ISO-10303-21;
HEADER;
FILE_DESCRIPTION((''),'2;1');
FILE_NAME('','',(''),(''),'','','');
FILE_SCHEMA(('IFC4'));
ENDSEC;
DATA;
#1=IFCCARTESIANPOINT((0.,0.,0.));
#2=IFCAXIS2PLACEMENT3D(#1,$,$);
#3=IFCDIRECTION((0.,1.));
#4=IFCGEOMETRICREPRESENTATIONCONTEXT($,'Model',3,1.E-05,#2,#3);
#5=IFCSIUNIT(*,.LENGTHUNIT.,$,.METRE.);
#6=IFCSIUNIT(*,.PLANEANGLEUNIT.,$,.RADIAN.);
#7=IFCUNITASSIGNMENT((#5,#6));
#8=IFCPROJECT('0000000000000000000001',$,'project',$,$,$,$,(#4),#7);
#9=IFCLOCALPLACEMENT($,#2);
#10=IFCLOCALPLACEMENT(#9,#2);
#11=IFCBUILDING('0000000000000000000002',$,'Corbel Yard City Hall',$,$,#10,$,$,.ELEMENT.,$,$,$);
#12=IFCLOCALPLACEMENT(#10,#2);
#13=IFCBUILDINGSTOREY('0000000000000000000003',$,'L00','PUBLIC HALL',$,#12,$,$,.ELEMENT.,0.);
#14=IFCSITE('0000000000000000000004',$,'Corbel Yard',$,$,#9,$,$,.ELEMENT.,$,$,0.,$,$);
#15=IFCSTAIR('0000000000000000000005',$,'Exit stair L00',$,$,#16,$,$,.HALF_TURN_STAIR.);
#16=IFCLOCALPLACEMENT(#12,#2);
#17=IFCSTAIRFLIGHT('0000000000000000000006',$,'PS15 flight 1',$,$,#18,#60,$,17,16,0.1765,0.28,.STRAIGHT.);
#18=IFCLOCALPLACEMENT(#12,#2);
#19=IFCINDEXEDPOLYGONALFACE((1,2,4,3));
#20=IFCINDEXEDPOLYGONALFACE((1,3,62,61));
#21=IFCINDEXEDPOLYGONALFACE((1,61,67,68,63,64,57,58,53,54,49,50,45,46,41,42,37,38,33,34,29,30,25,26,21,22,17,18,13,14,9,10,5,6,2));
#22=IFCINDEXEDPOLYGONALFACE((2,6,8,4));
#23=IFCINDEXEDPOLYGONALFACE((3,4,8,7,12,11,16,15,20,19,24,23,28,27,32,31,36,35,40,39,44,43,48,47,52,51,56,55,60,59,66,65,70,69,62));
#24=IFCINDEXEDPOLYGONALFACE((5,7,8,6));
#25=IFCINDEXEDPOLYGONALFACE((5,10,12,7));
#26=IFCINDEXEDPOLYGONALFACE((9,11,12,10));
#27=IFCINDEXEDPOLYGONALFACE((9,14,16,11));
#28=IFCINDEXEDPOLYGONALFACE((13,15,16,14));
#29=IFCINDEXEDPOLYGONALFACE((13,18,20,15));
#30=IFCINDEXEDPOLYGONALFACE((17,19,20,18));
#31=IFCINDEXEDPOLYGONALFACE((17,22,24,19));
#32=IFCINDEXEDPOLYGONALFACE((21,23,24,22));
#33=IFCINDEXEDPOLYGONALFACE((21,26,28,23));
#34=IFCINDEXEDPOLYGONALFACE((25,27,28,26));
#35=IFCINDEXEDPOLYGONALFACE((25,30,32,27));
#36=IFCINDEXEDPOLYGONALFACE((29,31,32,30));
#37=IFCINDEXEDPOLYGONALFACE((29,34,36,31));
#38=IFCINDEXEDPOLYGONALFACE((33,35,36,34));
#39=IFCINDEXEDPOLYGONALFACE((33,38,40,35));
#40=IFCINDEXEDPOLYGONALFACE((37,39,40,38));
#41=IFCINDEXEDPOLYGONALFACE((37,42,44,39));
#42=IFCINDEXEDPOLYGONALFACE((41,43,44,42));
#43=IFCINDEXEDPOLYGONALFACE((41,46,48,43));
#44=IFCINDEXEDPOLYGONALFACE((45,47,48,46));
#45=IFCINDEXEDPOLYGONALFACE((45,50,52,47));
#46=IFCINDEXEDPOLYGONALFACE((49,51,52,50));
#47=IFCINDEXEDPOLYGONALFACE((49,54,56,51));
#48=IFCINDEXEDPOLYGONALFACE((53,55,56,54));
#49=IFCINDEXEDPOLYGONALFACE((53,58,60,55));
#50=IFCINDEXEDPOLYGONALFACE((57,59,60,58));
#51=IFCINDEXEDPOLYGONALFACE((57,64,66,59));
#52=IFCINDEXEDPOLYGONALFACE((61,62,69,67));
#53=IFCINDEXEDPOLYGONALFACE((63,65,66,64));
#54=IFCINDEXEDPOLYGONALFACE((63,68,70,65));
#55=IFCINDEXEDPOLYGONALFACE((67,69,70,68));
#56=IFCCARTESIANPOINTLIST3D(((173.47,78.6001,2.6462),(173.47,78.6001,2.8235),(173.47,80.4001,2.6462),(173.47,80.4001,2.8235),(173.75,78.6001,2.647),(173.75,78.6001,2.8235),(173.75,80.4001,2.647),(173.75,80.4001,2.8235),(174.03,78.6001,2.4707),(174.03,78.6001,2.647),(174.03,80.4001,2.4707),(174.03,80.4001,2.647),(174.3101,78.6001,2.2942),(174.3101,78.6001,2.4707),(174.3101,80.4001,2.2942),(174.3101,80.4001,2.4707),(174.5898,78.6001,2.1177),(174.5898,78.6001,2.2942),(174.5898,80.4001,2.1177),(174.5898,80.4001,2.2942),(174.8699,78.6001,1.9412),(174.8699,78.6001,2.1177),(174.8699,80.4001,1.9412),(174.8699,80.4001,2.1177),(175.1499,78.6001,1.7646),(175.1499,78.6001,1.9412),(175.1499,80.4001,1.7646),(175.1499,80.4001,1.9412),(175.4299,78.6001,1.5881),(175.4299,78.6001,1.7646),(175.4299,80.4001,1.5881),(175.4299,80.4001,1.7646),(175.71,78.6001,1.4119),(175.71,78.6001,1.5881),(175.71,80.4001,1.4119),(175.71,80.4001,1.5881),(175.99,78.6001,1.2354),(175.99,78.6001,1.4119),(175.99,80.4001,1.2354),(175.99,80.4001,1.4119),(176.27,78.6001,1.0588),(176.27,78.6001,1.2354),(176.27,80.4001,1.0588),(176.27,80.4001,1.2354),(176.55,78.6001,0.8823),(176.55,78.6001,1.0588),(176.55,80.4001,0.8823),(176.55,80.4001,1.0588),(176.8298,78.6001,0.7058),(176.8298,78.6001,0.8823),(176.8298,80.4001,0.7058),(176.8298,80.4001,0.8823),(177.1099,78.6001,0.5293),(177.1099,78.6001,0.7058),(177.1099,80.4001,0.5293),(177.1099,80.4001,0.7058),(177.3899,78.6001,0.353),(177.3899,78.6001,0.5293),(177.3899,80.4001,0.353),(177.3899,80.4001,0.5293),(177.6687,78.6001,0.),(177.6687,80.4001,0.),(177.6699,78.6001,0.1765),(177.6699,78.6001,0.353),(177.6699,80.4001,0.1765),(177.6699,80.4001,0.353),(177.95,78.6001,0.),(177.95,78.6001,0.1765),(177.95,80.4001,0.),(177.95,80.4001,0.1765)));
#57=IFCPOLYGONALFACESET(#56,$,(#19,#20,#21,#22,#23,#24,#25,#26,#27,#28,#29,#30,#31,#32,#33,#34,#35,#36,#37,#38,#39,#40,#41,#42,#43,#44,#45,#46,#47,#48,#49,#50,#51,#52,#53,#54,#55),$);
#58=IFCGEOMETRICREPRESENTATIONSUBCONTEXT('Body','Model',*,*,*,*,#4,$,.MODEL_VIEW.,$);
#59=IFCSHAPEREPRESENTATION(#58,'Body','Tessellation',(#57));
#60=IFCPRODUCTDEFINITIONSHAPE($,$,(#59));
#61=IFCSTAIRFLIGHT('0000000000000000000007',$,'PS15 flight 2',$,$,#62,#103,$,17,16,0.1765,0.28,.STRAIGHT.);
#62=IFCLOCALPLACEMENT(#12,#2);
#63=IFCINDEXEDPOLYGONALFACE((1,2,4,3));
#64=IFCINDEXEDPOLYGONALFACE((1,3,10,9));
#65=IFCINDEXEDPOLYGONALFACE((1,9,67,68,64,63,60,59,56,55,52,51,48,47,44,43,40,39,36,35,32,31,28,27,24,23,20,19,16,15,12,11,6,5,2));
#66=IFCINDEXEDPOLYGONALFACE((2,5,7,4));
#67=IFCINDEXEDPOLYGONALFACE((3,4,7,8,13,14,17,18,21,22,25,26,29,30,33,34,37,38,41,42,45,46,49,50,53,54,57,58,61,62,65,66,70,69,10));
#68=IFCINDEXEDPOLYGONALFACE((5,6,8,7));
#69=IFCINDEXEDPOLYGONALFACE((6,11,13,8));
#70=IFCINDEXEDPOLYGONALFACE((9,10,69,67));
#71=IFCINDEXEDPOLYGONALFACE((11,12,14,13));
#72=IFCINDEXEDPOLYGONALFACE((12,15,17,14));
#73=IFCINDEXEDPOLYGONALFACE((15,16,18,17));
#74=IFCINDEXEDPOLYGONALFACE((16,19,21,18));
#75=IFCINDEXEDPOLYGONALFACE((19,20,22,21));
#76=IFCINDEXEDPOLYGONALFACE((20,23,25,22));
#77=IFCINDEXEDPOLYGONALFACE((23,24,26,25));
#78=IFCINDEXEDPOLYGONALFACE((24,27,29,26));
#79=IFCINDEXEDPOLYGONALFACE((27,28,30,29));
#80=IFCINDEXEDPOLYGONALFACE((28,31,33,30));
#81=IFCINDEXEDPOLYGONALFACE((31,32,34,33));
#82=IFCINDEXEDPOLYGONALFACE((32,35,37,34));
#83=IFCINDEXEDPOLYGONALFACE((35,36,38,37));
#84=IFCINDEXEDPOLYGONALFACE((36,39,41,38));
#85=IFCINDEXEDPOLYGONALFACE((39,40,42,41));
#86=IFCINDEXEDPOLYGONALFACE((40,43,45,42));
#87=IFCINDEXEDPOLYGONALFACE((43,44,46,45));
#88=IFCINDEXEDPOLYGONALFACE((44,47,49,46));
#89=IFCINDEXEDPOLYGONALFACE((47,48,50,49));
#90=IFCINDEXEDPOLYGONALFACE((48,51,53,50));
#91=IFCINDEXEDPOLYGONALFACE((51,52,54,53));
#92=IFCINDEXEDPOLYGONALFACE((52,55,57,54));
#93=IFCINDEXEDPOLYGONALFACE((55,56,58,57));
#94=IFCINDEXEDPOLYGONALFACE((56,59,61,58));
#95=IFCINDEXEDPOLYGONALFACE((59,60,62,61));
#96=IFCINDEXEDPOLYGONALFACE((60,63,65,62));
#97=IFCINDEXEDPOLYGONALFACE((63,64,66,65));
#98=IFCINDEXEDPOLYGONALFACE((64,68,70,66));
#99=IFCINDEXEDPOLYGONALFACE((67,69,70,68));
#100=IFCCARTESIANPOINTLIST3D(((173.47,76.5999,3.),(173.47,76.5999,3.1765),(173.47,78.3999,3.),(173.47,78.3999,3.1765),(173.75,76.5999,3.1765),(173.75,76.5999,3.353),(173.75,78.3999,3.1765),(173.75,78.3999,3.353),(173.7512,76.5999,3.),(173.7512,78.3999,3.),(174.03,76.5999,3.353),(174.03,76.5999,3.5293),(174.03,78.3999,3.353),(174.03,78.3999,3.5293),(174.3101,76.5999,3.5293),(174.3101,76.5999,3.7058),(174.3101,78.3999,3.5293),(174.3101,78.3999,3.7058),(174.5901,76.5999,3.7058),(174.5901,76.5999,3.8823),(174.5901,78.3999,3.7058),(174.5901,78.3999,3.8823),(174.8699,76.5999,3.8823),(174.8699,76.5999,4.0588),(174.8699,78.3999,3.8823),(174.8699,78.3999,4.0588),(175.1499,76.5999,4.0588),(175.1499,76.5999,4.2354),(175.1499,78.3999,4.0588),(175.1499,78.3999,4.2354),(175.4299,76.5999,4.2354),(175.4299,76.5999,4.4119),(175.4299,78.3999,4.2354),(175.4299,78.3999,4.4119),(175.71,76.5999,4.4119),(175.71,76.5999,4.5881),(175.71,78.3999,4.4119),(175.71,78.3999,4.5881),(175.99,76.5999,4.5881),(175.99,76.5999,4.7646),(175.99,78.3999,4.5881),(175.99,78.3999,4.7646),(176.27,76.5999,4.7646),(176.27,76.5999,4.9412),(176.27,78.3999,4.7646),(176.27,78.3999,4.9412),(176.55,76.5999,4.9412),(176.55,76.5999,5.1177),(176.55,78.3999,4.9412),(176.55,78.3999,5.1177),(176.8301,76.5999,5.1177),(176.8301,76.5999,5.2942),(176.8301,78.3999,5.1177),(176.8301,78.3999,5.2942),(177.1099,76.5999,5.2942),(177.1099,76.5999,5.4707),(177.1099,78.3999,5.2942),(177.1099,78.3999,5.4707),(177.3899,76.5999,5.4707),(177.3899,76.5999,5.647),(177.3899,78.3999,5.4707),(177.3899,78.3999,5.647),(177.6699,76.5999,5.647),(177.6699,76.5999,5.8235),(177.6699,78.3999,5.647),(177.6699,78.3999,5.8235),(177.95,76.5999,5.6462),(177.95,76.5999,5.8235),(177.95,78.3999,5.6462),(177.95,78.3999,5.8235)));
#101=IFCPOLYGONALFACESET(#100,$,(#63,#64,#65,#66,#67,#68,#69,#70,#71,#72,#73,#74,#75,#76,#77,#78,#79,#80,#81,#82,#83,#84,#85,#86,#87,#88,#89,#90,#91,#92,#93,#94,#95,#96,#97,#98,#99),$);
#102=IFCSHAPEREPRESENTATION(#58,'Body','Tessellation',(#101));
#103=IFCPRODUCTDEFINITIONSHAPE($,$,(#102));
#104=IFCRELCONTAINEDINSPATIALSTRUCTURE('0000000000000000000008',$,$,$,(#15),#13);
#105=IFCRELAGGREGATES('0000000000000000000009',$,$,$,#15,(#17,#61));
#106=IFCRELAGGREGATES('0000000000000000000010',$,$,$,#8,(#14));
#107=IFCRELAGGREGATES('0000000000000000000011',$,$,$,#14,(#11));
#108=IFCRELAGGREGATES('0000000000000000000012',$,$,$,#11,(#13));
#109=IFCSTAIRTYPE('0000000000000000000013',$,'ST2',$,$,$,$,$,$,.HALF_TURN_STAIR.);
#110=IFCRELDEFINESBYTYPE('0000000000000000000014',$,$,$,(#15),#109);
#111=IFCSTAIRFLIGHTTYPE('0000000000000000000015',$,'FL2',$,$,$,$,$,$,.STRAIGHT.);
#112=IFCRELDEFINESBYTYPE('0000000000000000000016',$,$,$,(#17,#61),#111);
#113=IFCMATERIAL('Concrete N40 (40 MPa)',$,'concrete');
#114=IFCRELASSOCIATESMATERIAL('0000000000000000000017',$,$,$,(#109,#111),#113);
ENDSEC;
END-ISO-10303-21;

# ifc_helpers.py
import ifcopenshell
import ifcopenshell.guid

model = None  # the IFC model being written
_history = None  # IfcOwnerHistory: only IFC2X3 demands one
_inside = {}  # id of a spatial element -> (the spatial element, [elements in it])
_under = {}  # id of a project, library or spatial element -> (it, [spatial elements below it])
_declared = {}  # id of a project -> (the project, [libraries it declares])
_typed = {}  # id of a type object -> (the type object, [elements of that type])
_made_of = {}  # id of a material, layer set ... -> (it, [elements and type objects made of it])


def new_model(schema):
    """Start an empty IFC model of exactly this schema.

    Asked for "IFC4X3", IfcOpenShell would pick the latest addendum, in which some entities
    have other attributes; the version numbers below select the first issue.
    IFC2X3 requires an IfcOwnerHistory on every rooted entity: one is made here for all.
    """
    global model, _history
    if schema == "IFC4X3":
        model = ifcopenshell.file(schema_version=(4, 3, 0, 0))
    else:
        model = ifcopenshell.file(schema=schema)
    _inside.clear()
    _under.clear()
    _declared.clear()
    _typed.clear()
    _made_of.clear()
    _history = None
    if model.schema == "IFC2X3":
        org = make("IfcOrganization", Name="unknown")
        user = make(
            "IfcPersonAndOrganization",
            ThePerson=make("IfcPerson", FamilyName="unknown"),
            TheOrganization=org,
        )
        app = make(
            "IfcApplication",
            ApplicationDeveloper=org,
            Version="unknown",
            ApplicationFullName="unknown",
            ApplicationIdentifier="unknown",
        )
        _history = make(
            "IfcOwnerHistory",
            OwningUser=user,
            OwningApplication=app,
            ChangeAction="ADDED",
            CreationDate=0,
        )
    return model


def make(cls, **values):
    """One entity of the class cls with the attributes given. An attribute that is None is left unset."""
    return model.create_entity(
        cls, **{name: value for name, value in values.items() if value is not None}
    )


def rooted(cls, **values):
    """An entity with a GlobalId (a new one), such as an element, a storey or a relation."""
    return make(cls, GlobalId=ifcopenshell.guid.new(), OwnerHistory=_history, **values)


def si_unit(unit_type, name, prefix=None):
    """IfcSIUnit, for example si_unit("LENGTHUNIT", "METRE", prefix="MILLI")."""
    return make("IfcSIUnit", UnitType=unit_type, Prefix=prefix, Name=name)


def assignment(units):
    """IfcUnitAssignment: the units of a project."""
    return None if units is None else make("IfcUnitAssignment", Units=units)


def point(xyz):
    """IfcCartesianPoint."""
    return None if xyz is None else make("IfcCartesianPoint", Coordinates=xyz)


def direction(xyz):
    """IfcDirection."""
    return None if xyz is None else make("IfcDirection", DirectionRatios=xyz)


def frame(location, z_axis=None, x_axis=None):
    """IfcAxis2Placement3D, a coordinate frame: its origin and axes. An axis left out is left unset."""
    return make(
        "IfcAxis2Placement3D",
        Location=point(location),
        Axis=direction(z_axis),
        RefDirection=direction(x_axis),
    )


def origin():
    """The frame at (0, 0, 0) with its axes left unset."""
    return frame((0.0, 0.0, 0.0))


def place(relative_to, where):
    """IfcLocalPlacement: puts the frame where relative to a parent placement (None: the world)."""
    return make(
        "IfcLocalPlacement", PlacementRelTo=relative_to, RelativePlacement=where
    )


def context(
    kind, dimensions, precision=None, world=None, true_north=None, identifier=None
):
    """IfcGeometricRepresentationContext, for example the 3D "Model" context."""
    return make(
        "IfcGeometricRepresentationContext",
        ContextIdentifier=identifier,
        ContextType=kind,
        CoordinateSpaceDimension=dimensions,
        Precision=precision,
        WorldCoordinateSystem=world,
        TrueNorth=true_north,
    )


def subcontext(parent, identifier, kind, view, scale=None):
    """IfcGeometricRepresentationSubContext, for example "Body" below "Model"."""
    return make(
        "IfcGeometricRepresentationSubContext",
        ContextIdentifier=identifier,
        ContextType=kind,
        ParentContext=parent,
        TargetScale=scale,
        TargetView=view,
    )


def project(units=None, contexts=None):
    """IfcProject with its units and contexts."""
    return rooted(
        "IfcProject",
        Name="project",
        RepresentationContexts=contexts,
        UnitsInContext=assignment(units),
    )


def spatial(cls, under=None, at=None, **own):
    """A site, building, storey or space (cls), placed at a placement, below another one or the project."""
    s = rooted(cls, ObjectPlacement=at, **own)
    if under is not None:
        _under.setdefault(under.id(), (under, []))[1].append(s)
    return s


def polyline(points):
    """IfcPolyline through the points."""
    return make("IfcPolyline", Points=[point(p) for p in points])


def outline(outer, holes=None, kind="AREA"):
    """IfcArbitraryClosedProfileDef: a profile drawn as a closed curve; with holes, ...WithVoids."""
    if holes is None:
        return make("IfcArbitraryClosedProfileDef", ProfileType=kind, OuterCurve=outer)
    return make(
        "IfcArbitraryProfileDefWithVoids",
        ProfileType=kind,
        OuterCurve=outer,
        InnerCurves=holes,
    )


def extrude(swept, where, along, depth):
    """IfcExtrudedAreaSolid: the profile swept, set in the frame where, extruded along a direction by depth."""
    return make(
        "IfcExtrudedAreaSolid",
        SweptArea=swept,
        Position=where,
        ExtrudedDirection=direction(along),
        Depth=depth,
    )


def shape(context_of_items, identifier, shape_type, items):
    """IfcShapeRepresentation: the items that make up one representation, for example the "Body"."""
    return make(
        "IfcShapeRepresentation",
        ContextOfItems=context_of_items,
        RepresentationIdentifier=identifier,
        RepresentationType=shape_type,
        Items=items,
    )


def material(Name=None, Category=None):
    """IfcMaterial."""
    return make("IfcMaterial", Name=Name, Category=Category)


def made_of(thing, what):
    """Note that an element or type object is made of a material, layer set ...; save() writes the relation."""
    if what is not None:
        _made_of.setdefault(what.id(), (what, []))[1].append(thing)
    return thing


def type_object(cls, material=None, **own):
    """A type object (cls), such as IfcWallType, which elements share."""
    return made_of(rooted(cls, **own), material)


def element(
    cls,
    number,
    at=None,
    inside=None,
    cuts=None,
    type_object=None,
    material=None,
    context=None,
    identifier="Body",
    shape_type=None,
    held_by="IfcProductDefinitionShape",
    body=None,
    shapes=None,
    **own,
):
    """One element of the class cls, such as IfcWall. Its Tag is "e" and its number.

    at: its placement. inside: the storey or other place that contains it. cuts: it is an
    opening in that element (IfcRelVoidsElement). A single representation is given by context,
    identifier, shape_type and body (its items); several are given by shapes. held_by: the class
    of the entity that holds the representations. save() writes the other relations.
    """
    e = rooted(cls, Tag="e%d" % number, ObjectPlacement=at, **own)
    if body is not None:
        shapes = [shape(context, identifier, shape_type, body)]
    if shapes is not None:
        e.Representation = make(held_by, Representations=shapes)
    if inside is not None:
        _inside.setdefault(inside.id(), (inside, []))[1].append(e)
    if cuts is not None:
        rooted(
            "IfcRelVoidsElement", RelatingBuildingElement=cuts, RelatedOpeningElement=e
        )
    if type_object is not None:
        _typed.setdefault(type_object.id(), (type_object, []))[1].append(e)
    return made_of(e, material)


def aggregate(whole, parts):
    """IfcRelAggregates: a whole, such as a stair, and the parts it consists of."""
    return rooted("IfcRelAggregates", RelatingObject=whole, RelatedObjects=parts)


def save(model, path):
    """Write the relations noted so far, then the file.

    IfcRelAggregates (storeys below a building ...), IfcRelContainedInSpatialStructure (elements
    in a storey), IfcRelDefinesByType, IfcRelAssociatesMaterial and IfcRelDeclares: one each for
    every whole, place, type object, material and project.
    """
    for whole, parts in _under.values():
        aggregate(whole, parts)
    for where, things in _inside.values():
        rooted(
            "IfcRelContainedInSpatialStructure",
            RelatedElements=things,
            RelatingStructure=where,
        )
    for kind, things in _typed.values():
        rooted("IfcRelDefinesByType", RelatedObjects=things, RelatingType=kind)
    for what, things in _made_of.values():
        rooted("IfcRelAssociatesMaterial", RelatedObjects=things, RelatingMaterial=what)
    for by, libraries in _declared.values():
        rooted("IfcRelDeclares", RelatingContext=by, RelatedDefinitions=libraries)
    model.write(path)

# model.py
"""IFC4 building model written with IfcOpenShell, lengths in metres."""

from ifc_helpers import new_model, si_unit, direction, frame, origin, place, context, subcontext, project, spatial, polyline, outline, extrude, material, type_object, element, aggregate, save


model = new_model("IFC4")

# Units and contexts
model_context = context("Model", 3, precision=1e-05, world=origin(), true_north=direction((0.0, 1.0)))
body_context = subcontext(model_context, "Body", "Model", "MODEL_VIEW")
ifc_project = project(units=[si_unit("LENGTHUNIT", "METRE"), si_unit("PLANEANGLEUNIT", "RADIAN")], contexts=[model_context])

# Site, building, storey
site_placement = place(None, origin())
site = spatial("IfcSite", under=ifc_project, at=site_placement, Name="Corbel Yard", CompositionType="ELEMENT", RefElevation=0.0)
building_placement = place(site_placement, origin())
building = spatial("IfcBuilding", under=site, at=building_placement, Name="Corbel Yard City Hall", CompositionType="ELEMENT")
storey_placement = place(building_placement, origin())
storey = spatial("IfcBuildingStorey", under=building, at=storey_placement, Name="L00", Description="PUBLIC HALL", CompositionType="ELEMENT", Elevation=0.0)

# Shared definitions
ifc_material_1 = material(Name="Concrete N40 (40 MPa)", Category="concrete")

# Stair, stair flights
stair_type = type_object("IfcStairType", Name="ST2", PredefinedType="HALF_TURN_STAIR", material=ifc_material_1)
stair_placement = place(storey_placement, origin())
stair = element("IfcStair", 1, at=stair_placement, inside=storey, type_object=stair_type, Name="Exit stair L00", PredefinedType="HALF_TURN_STAIR")
stair_flight_type = type_object("IfcStairFlightType", Name="FL2", PredefinedType="STRAIGHT", material=ifc_material_1)
stair_flight_1_placement = place(storey_placement, frame((177.95, 79.5, 0.0), z_axis=(0.0, 0.0, 1.0), x_axis=(-1.0, 0.0, 0.0)))
stair_flight_1 = element("IfcStairFlight", 2, at=stair_flight_1_placement, type_object=stair_flight_type, Name="PS15 flight 1", NumberOfRisers=17, NumberOfTreads=16, PredefinedType="STRAIGHT", RiserHeight=0.1765, TreadLength=0.28, context=body_context, shape_type="SweptSolid", body=[
    extrude(outline(polyline([(0.0, 0.0), (0.0, 0.1765), (0.28, 0.1765), (0.28, 0.353), (0.5601, 0.353), (0.5601, 0.5293), (0.8401, 0.5293), (0.8401, 0.7058), (1.1201, 0.7058), (1.1201, 0.8823), (1.3999, 0.8823), (1.3999, 1.0588), (1.6799, 1.0588), (1.6799, 1.2354), (1.96, 1.2354), (1.96, 1.4119), (2.24, 1.4119), (2.24, 1.5881), (2.52, 1.5881), (2.52, 1.7646), (2.8, 1.7646), (2.8, 1.9412), (3.0801, 1.9412), (3.0801, 2.1177), (3.3601, 2.1177), (3.3601, 2.2942), (3.6399, 2.2942), (3.6399, 2.4707), (3.9199, 2.4707), (3.9199, 2.647), (4.2, 2.647), (4.2, 2.8235), (4.48, 2.8235), (4.48, 3.0), (4.48, 2.6462), (0.2812, 0.0), (0.0, 0.0)])), frame((0.0, 0.8999, 0.0), z_axis=(0.0, -1.0, 0.0), x_axis=(1.0, 0.0, 0.0)), (0.0, 0.0, 1.0), 1.8),
])
stair_flight_2_placement = place(storey_placement, frame((173.47, 77.5, 3.0), z_axis=(0.0, 0.0, 1.0), x_axis=(1.0, 0.0, 0.0)))
stair_flight_2 = element("IfcStairFlight", 3, at=stair_flight_2_placement, type_object=stair_flight_type, Name="PS15 flight 2", NumberOfRisers=17, NumberOfTreads=16, PredefinedType="STRAIGHT", RiserHeight=0.1765, TreadLength=0.28, context=body_context, shape_type="SweptSolid", body=[
    extrude(outline(polyline([(0.0, 0.0), (0.0, 0.1765), (0.28, 0.1765), (0.28, 0.353), (0.5601, 0.353), (0.5601, 0.5293), (0.8401, 0.5293), (0.8401, 0.7058), (1.1201, 0.7058), (1.1201, 0.8823), (1.3999, 0.8823), (1.3999, 1.0588), (1.6799, 1.0588), (1.6799, 1.2354), (1.96, 1.2354), (1.96, 1.4119), (2.24, 1.4119), (2.24, 1.5881), (2.52, 1.5881), (2.52, 1.7646), (2.8, 1.7646), (2.8, 1.9412), (3.0801, 1.9412), (3.0801, 2.1177), (3.3601, 2.1177), (3.3601, 2.2942), (3.6399, 2.2942), (3.6399, 2.4707), (3.9199, 2.4707), (3.9199, 2.647), (4.2, 2.647), (4.2, 2.8235), (4.48, 2.8235), (4.48, 3.0), (4.48, 2.6462), (0.2812, 0.0), (0.0, 0.0)])), frame((0.0, 0.8999, 0.0), z_axis=(0.0, -1.0, 0.0), x_axis=(1.0, 0.0, 0.0)), (0.0, 0.0, 1.0), 1.8),
])
aggregate(stair, [stair_flight_1, stair_flight_2])

save(model, "model.ifc")
